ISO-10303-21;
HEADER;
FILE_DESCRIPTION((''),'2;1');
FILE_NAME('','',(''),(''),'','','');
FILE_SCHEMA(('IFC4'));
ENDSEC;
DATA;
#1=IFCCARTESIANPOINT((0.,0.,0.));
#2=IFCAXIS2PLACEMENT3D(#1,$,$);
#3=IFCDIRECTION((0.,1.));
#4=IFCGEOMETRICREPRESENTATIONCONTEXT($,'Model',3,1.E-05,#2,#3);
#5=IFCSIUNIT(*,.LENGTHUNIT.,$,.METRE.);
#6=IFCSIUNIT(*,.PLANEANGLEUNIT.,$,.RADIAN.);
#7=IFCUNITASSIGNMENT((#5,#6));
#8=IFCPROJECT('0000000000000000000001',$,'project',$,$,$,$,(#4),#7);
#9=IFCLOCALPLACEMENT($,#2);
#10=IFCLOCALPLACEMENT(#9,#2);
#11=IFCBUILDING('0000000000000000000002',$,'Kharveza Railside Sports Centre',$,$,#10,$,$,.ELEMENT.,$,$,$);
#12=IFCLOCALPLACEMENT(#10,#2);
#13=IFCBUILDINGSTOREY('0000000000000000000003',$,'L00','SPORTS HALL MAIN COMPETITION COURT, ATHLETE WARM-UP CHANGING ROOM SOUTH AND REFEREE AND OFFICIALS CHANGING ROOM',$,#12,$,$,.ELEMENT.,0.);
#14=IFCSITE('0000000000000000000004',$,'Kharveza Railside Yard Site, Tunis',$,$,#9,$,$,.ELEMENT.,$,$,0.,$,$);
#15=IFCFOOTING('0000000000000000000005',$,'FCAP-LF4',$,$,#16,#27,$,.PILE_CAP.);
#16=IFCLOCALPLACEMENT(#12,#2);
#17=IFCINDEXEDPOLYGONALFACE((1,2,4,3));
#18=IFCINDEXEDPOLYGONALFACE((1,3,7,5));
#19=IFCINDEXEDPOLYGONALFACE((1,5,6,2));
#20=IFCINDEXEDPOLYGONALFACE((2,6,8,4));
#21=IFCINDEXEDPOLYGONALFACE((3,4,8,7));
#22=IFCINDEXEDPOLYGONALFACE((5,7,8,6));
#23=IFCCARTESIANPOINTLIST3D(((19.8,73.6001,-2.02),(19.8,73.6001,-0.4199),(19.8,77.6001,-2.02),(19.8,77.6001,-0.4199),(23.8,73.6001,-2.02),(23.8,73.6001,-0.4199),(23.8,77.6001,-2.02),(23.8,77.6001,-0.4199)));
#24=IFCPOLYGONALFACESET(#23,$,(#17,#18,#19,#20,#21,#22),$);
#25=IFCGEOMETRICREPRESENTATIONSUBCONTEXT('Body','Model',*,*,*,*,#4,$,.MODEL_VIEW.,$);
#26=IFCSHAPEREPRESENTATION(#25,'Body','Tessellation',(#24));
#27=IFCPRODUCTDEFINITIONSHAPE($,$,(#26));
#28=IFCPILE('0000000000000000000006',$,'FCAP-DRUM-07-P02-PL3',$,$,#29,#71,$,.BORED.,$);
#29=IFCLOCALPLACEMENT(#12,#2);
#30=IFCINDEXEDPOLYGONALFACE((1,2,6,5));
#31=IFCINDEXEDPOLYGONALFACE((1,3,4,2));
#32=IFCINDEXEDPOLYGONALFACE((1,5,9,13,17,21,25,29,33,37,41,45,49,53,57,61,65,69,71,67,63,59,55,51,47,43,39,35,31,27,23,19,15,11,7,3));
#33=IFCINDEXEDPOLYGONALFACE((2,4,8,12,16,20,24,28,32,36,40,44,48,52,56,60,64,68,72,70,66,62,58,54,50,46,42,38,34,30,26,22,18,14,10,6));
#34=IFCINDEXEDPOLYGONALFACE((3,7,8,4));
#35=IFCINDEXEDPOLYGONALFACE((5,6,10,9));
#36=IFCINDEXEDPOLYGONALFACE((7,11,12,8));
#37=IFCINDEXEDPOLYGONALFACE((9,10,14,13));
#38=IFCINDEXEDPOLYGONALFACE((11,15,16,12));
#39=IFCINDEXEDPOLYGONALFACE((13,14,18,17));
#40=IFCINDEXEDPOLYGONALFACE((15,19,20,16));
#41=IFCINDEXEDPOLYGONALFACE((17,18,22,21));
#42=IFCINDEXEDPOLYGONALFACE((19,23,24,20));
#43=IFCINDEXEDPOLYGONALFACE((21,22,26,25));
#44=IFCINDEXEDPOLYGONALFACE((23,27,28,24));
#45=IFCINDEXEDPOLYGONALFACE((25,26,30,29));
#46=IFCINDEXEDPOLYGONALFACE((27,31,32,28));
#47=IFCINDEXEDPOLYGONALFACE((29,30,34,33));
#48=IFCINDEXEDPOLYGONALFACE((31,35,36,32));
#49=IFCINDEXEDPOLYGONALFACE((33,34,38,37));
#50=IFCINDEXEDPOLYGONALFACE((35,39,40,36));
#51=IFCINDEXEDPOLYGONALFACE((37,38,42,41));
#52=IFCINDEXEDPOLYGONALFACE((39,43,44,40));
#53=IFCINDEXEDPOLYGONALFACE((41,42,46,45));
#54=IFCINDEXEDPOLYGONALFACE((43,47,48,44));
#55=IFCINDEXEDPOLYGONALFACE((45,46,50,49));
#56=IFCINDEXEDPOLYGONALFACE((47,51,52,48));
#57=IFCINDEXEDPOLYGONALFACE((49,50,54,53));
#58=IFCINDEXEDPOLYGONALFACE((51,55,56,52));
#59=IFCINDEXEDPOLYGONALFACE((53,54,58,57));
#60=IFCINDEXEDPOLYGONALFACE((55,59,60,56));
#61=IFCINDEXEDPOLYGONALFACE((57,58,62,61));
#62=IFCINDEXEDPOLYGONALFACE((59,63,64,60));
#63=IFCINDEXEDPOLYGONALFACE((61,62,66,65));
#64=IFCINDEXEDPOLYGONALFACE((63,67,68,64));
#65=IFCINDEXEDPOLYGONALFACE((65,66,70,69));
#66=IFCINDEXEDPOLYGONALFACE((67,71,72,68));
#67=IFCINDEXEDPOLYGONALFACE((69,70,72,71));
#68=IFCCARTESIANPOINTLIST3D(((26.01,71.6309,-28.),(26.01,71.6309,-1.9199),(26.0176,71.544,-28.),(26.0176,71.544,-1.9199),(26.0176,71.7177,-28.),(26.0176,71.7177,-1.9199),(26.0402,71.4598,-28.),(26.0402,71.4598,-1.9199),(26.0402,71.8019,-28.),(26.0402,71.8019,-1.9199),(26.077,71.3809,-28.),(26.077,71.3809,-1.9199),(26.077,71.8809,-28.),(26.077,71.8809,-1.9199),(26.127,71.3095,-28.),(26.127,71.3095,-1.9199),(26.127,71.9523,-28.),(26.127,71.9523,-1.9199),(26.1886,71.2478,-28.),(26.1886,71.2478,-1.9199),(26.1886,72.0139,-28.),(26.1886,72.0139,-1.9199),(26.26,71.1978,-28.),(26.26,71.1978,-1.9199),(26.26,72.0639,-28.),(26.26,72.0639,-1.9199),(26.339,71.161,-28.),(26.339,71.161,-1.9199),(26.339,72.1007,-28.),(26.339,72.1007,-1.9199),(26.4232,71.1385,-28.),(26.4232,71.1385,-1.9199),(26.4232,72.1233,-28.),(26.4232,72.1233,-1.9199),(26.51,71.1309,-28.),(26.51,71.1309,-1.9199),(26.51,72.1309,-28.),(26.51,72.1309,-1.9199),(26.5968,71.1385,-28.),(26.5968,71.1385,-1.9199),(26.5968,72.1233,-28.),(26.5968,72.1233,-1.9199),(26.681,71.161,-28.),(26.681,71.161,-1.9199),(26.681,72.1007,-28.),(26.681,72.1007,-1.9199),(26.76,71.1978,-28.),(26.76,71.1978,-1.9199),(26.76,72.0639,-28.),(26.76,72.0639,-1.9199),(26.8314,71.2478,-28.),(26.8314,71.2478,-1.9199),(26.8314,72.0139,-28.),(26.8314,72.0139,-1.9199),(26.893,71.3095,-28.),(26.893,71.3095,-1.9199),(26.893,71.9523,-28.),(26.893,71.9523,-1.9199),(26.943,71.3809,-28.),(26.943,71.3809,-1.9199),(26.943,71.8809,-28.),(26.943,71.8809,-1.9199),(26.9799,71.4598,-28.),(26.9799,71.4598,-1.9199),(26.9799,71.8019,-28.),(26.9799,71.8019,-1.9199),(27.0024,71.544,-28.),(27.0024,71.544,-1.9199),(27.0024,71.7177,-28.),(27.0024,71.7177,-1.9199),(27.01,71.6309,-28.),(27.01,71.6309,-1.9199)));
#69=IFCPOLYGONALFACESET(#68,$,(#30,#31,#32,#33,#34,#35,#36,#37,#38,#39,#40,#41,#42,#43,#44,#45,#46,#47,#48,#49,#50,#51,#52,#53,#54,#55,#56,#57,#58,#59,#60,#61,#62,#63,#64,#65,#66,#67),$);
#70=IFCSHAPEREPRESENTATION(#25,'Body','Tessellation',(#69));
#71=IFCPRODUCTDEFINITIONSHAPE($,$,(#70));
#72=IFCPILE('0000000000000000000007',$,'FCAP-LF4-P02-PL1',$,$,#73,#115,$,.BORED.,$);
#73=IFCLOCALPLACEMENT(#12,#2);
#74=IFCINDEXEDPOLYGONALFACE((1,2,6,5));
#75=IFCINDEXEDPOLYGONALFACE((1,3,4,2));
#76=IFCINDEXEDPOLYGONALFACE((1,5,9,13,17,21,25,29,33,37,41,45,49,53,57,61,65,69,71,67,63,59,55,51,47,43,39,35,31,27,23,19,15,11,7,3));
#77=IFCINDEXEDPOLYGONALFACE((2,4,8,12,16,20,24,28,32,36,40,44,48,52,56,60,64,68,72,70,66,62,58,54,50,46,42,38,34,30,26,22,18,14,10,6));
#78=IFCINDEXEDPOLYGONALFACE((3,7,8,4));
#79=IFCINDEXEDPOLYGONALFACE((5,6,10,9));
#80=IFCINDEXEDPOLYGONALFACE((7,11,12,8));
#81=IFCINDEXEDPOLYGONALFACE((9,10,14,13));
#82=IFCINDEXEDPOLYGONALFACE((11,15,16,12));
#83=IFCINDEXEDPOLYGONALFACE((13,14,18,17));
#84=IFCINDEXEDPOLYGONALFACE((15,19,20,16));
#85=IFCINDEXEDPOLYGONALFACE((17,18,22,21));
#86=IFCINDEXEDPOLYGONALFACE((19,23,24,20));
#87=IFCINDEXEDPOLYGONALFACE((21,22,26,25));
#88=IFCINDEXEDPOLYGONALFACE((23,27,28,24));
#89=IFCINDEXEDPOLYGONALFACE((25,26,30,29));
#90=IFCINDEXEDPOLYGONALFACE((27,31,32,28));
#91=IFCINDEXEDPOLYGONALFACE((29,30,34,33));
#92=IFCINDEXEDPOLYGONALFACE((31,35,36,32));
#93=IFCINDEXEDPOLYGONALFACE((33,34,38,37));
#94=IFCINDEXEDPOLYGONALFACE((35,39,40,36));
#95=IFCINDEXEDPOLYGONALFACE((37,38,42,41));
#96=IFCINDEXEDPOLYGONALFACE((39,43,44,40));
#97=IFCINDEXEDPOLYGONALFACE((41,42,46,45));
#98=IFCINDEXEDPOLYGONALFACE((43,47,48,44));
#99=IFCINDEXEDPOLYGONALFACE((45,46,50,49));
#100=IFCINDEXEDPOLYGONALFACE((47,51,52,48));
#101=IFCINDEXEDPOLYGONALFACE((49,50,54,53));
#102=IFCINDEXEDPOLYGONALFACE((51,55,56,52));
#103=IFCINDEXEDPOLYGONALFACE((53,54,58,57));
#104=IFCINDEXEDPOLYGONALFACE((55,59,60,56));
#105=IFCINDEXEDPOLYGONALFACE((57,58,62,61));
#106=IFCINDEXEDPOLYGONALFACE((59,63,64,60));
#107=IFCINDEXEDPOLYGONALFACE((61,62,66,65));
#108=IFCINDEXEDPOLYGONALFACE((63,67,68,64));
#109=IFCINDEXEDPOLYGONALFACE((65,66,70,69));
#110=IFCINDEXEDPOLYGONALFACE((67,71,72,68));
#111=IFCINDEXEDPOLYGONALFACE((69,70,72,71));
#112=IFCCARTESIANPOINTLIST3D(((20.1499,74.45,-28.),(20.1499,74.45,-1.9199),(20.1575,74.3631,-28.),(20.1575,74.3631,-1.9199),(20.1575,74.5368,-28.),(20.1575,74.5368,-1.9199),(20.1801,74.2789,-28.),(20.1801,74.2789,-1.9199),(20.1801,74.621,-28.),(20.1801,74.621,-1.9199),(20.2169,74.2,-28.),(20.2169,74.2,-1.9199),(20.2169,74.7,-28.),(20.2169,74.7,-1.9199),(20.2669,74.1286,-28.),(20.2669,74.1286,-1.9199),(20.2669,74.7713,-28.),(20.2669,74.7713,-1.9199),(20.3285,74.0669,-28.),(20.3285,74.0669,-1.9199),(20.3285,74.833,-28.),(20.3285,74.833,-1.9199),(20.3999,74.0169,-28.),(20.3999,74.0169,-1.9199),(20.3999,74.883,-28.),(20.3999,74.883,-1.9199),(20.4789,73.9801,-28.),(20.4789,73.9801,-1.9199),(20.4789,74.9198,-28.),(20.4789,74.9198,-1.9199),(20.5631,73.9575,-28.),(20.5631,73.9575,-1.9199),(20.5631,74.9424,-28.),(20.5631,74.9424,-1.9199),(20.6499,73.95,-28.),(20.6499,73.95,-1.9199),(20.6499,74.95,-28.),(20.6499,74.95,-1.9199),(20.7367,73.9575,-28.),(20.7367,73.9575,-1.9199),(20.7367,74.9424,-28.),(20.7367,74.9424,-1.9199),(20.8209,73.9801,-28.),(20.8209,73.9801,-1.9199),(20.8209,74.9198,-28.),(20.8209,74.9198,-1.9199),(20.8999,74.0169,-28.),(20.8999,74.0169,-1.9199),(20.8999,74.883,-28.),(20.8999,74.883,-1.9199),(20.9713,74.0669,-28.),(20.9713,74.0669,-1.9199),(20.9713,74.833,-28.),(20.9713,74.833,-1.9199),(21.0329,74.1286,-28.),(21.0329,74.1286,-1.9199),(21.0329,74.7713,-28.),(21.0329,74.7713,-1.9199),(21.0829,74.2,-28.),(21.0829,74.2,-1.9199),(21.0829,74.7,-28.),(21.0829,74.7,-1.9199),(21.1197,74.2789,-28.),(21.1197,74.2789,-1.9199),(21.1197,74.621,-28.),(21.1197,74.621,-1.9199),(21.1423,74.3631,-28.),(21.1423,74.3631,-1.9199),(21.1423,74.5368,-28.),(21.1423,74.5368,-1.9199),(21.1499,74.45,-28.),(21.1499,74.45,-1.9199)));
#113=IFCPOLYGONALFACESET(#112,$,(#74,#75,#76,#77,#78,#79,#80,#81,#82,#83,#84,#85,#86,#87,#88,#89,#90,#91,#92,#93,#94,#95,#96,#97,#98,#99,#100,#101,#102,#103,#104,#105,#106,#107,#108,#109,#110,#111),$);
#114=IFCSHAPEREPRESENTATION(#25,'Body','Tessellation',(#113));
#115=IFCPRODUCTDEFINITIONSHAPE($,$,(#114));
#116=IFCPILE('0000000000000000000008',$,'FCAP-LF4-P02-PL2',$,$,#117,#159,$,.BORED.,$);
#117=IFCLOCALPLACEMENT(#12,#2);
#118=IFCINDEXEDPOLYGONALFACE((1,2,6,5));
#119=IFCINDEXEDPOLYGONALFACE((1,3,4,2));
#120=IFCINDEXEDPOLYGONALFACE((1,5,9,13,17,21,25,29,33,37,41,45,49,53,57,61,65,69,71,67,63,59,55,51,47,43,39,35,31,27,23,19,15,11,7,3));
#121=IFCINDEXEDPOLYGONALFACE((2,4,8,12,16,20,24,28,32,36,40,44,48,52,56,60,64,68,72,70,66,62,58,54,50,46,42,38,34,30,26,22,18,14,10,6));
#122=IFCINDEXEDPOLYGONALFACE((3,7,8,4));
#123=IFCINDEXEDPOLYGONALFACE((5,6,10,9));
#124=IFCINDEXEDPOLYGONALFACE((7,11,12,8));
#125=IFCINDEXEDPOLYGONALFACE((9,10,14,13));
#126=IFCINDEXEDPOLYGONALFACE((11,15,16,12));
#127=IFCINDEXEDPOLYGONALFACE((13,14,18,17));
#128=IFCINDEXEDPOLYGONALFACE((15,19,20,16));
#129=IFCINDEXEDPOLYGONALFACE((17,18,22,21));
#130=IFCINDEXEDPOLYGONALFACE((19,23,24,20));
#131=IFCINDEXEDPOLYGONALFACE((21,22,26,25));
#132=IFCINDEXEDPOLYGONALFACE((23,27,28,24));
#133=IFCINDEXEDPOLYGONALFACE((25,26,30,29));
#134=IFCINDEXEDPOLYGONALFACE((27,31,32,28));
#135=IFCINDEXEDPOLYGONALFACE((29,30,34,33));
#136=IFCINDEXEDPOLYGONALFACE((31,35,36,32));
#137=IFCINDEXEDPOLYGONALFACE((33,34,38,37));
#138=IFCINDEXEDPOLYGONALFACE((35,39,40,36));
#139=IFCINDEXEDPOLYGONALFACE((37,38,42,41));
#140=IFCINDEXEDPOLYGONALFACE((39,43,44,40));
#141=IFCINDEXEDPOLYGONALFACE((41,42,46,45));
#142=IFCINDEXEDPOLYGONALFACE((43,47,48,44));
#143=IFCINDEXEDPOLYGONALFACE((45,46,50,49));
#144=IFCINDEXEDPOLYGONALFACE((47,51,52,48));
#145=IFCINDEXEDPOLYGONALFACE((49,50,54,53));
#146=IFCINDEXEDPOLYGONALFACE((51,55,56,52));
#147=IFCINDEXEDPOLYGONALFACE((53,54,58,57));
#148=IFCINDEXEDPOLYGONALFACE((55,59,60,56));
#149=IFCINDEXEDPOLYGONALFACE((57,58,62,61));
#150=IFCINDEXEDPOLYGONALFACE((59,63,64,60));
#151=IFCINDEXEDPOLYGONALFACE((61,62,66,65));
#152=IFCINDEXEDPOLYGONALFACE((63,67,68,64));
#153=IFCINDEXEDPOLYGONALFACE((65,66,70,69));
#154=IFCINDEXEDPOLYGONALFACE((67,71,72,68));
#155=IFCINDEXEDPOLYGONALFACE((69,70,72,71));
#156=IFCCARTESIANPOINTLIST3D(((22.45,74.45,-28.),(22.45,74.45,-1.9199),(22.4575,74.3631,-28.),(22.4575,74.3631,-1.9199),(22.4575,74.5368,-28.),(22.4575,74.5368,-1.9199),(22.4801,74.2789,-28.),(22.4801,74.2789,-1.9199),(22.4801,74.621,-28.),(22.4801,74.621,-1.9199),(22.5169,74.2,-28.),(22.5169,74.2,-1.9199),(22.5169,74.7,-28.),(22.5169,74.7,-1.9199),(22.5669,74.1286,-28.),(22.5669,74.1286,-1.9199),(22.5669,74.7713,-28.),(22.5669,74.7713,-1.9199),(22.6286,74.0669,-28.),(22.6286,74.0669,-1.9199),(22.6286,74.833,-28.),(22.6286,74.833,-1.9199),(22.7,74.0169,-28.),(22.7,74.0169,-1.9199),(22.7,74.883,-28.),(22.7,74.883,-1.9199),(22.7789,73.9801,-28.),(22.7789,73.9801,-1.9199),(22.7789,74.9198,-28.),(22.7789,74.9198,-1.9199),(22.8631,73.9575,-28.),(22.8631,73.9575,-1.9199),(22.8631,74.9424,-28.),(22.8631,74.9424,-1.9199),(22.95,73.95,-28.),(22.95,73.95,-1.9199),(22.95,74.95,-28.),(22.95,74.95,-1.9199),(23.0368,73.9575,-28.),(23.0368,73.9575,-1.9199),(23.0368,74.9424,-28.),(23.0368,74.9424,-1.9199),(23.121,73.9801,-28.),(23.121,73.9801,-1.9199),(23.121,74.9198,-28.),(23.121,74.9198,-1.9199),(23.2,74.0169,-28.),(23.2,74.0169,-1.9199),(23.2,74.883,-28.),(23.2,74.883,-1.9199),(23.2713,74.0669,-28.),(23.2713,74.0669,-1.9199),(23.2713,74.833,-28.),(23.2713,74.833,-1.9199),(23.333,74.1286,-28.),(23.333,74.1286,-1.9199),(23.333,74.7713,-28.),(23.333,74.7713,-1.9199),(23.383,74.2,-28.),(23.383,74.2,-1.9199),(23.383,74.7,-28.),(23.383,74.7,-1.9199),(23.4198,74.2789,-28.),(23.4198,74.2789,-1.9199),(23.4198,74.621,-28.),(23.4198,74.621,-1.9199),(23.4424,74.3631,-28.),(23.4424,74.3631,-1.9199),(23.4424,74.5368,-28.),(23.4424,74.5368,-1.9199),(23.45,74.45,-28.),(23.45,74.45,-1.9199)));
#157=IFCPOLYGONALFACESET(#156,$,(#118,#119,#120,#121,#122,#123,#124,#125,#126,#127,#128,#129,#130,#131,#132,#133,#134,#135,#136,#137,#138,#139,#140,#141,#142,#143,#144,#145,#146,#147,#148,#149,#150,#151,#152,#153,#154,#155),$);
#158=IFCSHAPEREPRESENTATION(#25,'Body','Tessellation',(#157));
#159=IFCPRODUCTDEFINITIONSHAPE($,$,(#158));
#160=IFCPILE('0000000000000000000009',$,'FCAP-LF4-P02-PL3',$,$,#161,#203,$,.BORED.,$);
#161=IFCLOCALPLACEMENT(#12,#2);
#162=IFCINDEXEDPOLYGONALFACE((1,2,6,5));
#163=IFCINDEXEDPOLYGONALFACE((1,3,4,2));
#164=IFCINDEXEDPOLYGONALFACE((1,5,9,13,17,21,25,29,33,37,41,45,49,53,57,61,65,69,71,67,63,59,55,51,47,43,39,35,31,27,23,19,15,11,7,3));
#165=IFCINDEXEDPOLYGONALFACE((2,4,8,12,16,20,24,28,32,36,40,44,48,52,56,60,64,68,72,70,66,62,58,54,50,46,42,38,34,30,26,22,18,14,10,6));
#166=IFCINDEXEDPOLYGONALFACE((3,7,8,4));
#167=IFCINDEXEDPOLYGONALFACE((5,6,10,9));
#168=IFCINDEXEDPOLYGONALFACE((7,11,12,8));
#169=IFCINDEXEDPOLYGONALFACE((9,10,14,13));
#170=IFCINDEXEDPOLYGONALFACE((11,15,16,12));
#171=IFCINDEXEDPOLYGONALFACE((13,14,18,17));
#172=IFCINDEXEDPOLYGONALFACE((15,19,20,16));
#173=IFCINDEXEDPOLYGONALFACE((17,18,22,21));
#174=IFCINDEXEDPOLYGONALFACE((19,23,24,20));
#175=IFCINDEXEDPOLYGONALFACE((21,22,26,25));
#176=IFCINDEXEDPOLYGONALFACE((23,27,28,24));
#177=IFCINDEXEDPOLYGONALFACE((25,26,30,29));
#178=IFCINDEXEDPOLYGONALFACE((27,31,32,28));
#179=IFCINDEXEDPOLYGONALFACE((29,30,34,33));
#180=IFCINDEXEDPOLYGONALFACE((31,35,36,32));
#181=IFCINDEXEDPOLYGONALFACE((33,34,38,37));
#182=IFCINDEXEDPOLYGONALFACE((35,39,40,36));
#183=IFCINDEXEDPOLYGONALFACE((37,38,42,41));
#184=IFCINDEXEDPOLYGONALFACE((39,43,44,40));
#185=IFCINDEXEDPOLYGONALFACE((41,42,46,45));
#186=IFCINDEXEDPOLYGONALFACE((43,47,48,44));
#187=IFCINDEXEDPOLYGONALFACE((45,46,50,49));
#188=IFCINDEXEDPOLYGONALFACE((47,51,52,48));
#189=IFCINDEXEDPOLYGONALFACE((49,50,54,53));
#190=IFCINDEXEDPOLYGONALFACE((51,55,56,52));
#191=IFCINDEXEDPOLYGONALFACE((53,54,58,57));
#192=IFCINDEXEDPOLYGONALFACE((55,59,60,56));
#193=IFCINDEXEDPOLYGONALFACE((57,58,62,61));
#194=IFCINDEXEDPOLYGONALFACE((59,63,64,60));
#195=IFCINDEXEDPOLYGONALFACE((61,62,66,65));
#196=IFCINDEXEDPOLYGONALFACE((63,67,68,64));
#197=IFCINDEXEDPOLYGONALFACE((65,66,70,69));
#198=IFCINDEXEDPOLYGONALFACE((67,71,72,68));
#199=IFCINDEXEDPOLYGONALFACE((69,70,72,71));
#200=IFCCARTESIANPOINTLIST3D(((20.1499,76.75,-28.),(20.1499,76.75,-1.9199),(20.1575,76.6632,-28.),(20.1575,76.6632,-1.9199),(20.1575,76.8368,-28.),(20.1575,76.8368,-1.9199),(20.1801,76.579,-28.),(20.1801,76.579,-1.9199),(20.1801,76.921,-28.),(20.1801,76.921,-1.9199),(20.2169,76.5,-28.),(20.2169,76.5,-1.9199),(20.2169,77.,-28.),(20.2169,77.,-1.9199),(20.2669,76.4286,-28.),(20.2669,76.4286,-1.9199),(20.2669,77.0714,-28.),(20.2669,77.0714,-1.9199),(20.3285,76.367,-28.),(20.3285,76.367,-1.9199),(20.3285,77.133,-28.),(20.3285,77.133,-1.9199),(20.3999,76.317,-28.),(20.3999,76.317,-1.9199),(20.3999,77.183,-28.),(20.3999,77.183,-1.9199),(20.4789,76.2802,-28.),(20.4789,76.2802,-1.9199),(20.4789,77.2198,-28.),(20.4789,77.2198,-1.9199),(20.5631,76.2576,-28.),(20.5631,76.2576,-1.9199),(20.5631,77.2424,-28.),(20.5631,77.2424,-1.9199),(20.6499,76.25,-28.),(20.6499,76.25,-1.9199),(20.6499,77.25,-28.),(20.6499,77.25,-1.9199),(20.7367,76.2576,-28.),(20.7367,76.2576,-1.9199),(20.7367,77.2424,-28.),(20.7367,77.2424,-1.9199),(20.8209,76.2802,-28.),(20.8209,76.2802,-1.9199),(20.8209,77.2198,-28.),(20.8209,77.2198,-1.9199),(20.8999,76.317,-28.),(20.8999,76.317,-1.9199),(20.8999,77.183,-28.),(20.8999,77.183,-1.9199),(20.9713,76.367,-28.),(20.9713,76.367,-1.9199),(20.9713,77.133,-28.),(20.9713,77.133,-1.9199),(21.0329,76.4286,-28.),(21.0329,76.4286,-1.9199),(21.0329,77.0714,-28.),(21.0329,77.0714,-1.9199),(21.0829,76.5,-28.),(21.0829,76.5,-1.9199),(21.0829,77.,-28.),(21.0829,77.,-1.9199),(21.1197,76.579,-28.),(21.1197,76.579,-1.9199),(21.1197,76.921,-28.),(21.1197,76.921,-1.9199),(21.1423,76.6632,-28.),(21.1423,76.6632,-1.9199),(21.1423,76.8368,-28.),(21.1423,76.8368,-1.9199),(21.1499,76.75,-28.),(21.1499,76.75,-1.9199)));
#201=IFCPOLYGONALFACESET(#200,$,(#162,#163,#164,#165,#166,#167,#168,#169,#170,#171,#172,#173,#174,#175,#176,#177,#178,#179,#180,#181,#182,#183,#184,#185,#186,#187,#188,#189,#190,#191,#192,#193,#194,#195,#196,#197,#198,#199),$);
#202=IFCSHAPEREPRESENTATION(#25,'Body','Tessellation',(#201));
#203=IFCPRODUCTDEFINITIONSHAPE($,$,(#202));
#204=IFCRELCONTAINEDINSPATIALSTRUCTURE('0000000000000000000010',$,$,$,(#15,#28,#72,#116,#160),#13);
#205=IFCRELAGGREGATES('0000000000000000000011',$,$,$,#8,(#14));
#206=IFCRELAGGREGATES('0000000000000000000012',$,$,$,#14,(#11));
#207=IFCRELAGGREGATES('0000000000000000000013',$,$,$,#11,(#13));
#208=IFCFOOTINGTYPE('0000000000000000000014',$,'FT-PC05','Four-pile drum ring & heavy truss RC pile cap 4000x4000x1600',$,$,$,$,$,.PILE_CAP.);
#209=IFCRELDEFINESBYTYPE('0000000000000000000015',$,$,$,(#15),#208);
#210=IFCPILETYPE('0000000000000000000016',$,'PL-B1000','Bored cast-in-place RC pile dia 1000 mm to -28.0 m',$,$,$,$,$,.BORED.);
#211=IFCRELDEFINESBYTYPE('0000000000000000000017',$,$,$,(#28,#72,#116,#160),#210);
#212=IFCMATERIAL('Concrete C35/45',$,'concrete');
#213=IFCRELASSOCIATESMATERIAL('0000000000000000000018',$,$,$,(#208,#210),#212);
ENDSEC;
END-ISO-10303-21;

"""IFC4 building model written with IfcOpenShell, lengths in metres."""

from ifc_helpers import new_model, si_unit, direction, frame, origin, origin_2d, place, context, subcontext, project, spatial, rectangle, circle, extrude, material, material_profile, profile_set, type_object, element, save


model = new_model("IFC4")

# Units and contexts
model_context = context("Model", 3, precision=1e-05, world=origin(), true_north=direction((0.0, 1.0)))
body_context = subcontext(model_context, "Body", "Model", "MODEL_VIEW")
ifc_project = project(units=[si_unit("LENGTHUNIT", "METRE"), si_unit("PLANEANGLEUNIT", "RADIAN")], contexts=[model_context])

# Site, building, storey
site_placement = place(None, origin())
site = spatial("IfcSite", under=ifc_project, at=site_placement, Name="Kharveza Railside Yard Site, Tunis", CompositionType="ELEMENT", RefElevation=0.0)
building_placement = place(site_placement, origin())
building = spatial("IfcBuilding", under=site, at=building_placement, Name="Kharveza Railside Sports Centre", CompositionType="ELEMENT")
storey_placement = place(building_placement, origin())
storey = spatial("IfcBuildingStorey", under=building, at=storey_placement, Name="L00", Description="SPORTS HALL MAIN COMPETITION COURT, ATHLETE WARM-UP CHANGING ROOM SOUTH AND REFEREE AND OFFICIALS CHANGING ROOM", CompositionType="ELEMENT", Elevation=0.0)

# Footing
ifc_material_1 = material(Name="Concrete C35/45", Category="concrete")
footing_type = type_object("IfcFootingType", Name="FT-PC05", Description="Four-pile drum ring & heavy truss RC pile cap 4000x4000x1600", PredefinedType="PILE_CAP", material=ifc_material_1)
footing_placement = place(storey_placement, frame((21.8, 75.6001, -2.02), z_axis=(0.0, 0.0, 1.0), x_axis=(1.0, 0.0, 0.0)))
element("IfcFooting", 1, at=footing_placement, inside=storey, type_object=footing_type, Name="FCAP-LF4", PredefinedType="PILE_CAP", context=body_context, shape_type="SweptSolid", body=[
    extrude(rectangle(XDim=4.0, YDim=4.0, at=origin_2d()), origin(), (0.0, 0.0, 1.0), 1.6001),
])

# Piles
ifc_material_profile_1 = material_profile(ifc_material_1, circle(Radius=0.5, at=origin_2d()), Name="PILE D1000")
ifc_profile_set_1 = profile_set([ifc_material_profile_1], Name="Concrete C35/45")
pile_type_1 = type_object("IfcPileType", Name="PL-B1000", Description="Bored cast-in-place RC pile dia 1000 mm to -28.0 m", PredefinedType="BORED", material=ifc_profile_set_1)
for number, where, z_axis, x_axis, name in (
    (2, (26.51, 71.6309, -1.9199), (0.0, 0.0, -1.0), (1.0, 0.0, 0.0), "FCAP-DRUM-07-P02-PL3"),
    (3, (20.6499, 74.45, -1.9199), (0.0, 0.0, -1.0), (1.0, 0.0, 0.0), "FCAP-LF4-P02-PL1"),
    (4, (22.95, 74.45, -1.9199), (0.0, 0.0, -1.0), (1.0, 0.0, 0.0), "FCAP-LF4-P02-PL2"),
    (5, (20.6499, 76.75, -1.9199), (0.0, 0.0, -1.0), (1.0, 0.0, 0.0), "FCAP-LF4-P02-PL3"),
):
    element("IfcPile", number, at=place(storey_placement, frame(where, z_axis=z_axis, x_axis=x_axis)), inside=storey, type_object=pile_type_1, Name=name, PredefinedType="BORED", context=body_context, shape_type="SweptSolid", body=[
        extrude(circle(Radius=0.5, at=origin_2d()), origin(), (0.0, 0.0, 1.0), 26.0801),
    ])

save(model, "model.ifc")
